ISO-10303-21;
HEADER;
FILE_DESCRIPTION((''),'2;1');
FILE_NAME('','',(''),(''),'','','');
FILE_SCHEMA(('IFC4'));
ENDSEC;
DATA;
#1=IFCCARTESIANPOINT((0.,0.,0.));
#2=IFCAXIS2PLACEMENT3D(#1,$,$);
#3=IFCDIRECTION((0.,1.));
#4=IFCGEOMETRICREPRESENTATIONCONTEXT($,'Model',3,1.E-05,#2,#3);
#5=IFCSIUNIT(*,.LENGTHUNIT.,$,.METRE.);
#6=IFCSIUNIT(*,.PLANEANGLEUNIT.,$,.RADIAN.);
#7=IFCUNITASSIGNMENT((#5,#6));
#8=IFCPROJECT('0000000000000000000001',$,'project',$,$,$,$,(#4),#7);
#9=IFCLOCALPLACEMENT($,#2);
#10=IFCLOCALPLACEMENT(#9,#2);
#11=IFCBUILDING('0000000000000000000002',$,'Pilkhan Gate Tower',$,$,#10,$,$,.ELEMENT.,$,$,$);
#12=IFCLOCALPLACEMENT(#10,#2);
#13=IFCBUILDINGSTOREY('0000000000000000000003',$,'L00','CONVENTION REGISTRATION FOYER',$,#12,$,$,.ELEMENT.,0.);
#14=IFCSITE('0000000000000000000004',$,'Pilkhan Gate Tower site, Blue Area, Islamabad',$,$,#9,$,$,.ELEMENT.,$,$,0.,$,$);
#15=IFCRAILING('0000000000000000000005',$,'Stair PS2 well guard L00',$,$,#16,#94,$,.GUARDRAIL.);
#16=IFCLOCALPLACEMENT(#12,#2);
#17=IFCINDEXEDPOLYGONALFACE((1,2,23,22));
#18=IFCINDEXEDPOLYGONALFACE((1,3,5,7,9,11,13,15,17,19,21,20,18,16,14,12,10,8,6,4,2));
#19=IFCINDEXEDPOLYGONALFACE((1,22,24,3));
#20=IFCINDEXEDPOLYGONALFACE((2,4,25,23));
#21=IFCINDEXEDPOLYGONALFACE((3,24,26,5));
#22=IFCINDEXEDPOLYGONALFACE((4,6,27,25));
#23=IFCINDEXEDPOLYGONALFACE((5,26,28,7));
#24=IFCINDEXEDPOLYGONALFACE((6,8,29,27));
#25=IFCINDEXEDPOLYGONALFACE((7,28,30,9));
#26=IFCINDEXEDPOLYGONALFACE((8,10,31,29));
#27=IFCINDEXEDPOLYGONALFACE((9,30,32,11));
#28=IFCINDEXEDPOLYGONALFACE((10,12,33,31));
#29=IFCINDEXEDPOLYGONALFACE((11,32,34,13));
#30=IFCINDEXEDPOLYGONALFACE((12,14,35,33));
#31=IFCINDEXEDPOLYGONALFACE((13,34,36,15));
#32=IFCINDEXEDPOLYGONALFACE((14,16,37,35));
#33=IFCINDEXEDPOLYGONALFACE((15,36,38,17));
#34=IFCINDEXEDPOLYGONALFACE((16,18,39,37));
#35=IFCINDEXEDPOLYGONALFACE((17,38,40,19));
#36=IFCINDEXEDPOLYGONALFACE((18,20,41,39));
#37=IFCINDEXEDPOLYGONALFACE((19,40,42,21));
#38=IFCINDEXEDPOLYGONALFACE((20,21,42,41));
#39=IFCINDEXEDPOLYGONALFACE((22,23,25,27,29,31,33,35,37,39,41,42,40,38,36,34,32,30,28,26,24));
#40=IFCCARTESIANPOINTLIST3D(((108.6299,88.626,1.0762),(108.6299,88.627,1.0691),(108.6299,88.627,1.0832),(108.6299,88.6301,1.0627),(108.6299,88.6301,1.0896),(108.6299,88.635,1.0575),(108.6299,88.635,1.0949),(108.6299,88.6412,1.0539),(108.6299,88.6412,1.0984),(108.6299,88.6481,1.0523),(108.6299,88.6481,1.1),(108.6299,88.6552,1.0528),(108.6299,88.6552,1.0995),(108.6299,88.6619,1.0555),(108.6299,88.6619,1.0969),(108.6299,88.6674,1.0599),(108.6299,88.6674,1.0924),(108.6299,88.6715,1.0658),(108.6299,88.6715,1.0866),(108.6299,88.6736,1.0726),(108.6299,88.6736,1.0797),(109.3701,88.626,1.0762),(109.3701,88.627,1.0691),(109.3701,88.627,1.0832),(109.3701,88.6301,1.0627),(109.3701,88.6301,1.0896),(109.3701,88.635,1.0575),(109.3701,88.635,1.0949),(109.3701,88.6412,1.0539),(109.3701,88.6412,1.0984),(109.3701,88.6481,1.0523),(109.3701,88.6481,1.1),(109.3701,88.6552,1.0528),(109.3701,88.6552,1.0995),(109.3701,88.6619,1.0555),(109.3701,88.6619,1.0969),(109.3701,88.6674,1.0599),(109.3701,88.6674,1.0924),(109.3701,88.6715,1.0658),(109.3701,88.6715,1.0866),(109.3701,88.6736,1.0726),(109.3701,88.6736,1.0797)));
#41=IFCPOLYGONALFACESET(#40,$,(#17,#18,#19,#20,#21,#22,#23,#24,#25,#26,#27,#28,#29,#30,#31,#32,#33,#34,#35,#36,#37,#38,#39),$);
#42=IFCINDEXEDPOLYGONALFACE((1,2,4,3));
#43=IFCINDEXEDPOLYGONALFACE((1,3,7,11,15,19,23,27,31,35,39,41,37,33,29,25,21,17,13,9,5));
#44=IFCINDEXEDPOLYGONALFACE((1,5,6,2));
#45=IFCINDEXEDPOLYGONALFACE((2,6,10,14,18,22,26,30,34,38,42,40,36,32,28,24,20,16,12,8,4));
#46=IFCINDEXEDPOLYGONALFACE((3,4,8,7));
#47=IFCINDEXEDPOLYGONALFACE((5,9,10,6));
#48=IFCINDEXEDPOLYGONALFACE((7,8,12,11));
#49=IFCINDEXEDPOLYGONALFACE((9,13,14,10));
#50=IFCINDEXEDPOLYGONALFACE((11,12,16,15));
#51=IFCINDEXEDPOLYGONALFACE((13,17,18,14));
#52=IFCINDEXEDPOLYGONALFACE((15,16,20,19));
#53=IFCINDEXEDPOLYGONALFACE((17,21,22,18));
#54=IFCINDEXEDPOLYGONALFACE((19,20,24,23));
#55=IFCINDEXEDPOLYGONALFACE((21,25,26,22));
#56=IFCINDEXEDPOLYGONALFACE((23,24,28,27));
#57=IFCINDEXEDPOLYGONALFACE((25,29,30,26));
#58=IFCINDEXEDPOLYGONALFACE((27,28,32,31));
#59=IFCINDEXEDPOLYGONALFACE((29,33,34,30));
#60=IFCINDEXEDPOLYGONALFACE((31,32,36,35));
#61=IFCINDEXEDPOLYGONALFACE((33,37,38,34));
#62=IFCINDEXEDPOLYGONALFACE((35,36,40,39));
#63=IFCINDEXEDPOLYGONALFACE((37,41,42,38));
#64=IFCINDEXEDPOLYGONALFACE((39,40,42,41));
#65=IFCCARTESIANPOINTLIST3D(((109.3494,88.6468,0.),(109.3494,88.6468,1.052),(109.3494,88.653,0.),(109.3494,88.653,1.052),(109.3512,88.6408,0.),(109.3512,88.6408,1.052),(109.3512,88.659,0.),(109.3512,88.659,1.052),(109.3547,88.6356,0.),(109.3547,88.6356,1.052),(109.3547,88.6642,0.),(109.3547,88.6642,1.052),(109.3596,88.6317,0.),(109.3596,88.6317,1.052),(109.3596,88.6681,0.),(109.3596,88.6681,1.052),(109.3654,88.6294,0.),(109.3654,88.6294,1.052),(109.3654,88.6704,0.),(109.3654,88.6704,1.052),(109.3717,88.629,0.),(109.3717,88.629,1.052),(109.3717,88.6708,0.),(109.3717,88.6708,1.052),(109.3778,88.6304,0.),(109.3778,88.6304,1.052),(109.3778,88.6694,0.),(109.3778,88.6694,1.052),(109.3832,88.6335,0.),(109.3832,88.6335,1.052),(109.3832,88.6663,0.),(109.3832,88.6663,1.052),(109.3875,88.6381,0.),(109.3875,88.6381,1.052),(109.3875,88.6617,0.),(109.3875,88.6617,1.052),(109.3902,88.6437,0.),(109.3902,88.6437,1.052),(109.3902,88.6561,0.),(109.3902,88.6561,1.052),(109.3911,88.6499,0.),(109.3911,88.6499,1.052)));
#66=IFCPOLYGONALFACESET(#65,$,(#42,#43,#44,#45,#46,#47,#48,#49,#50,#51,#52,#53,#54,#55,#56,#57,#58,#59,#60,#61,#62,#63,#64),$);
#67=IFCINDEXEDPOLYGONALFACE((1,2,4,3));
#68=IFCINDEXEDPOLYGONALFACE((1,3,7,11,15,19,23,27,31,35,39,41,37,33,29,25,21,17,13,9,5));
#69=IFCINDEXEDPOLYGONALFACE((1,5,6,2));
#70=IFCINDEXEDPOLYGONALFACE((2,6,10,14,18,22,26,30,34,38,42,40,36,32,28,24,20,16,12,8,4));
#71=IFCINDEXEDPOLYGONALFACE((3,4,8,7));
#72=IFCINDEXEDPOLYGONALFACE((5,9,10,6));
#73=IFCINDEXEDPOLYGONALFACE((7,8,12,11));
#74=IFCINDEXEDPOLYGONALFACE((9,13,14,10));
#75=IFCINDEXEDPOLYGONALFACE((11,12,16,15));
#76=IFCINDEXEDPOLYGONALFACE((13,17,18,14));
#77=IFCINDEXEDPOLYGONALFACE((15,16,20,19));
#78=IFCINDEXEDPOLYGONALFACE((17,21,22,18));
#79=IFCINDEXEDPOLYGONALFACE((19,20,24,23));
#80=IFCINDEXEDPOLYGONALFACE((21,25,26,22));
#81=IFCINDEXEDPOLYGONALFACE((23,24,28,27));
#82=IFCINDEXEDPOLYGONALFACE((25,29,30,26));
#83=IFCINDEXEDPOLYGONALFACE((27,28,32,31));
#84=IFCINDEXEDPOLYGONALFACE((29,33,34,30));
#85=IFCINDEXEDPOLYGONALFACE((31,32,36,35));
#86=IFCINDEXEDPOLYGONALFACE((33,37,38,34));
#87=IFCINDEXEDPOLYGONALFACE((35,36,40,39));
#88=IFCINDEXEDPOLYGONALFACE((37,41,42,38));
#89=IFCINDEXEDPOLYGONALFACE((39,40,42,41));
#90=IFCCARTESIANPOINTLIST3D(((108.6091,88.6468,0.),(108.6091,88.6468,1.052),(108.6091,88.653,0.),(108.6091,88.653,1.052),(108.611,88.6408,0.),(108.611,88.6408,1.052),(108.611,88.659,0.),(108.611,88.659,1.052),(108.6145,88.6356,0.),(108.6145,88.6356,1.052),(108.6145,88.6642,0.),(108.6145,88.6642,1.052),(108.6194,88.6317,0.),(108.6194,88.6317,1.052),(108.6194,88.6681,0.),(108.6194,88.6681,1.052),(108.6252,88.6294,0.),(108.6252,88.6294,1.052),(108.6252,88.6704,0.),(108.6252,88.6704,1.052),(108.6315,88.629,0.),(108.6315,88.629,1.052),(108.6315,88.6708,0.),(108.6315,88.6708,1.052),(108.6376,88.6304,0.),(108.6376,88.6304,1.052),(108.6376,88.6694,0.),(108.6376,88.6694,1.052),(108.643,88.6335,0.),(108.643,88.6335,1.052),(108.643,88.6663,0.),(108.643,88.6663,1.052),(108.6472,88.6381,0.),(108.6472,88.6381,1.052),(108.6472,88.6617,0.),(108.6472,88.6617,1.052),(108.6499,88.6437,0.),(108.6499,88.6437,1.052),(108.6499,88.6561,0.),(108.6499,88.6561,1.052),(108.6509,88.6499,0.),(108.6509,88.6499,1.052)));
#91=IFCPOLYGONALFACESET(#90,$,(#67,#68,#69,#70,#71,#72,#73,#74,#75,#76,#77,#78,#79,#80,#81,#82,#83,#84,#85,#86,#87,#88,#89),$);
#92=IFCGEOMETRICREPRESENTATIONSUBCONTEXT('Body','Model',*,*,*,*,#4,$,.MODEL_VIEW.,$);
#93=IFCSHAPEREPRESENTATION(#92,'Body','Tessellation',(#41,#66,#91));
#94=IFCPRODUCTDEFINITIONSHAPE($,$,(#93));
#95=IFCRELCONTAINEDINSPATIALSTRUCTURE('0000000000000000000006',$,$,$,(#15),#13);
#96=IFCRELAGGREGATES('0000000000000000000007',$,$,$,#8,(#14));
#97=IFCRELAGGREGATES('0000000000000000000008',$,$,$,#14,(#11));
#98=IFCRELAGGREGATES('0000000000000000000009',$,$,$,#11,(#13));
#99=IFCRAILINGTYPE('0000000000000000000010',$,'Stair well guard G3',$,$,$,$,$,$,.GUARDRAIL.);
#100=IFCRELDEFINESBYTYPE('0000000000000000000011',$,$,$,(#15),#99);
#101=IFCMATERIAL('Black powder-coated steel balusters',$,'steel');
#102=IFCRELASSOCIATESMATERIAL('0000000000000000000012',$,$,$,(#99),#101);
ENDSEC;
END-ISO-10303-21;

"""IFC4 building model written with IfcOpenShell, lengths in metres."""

from ifc_helpers import new_model, si_unit, direction, frame, origin, origin_2d, place, context, subcontext, project, spatial, circle, extrude, material, type_object, element, save


model = new_model("IFC4")

# Units and contexts
model_context = context("Model", 3, precision=1e-05, world=origin(), true_north=direction((0.0, 1.0)))
body_context = subcontext(model_context, "Body", "Model", "MODEL_VIEW")
ifc_project = project(units=[si_unit("LENGTHUNIT", "METRE"), si_unit("PLANEANGLEUNIT", "RADIAN")], contexts=[model_context])

# Site, building, storey
site_placement = place(None, origin())
site = spatial("IfcSite", under=ifc_project, at=site_placement, Name="Pilkhan Gate Tower site, Blue Area, Islamabad", CompositionType="ELEMENT", RefElevation=0.0)
building_placement = place(site_placement, origin())
building = spatial("IfcBuilding", under=site, at=building_placement, Name="Pilkhan Gate Tower", CompositionType="ELEMENT")
storey_placement = place(building_placement, origin())
storey = spatial("IfcBuildingStorey", under=building, at=storey_placement, Name="L00", Description="CONVENTION REGISTRATION FOYER", CompositionType="ELEMENT", Elevation=0.0)

# Railing
ifc_material_1 = material(Name="Black powder-coated steel balusters", Category="steel")
railing_type_1 = type_object("IfcRailingType", Name="Stair well guard G3", PredefinedType="GUARDRAIL", material=ifc_material_1)
railing_1_placement = place(storey_placement, frame((109.3701, 88.6499, 0.0)))
element("IfcRailing", 1, at=railing_1_placement, inside=storey, type_object=railing_type_1, Name="Stair PS2 well guard L00", PredefinedType="GUARDRAIL", context=body_context, shape_type="SweptSolid", body=[
    extrude(circle(Radius=0.0239, at=origin_2d()), frame((0.0, 0.0, 1.0762), z_axis=(-1.0, 0.0, 0.0), x_axis=(0.0, -1.0, 0.0)), (0.0, 0.0, 1.0), 0.7402),
    extrude(circle(Radius=0.021, at=origin_2d()), origin(), (0.0, 0.0, 1.0), 1.052),
    extrude(circle(Radius=0.021, at=origin_2d()), frame((-0.7402, 0.0, 0.0)), (0.0, 0.0, 1.0), 1.052),
])

save(model, "model.ifc")
